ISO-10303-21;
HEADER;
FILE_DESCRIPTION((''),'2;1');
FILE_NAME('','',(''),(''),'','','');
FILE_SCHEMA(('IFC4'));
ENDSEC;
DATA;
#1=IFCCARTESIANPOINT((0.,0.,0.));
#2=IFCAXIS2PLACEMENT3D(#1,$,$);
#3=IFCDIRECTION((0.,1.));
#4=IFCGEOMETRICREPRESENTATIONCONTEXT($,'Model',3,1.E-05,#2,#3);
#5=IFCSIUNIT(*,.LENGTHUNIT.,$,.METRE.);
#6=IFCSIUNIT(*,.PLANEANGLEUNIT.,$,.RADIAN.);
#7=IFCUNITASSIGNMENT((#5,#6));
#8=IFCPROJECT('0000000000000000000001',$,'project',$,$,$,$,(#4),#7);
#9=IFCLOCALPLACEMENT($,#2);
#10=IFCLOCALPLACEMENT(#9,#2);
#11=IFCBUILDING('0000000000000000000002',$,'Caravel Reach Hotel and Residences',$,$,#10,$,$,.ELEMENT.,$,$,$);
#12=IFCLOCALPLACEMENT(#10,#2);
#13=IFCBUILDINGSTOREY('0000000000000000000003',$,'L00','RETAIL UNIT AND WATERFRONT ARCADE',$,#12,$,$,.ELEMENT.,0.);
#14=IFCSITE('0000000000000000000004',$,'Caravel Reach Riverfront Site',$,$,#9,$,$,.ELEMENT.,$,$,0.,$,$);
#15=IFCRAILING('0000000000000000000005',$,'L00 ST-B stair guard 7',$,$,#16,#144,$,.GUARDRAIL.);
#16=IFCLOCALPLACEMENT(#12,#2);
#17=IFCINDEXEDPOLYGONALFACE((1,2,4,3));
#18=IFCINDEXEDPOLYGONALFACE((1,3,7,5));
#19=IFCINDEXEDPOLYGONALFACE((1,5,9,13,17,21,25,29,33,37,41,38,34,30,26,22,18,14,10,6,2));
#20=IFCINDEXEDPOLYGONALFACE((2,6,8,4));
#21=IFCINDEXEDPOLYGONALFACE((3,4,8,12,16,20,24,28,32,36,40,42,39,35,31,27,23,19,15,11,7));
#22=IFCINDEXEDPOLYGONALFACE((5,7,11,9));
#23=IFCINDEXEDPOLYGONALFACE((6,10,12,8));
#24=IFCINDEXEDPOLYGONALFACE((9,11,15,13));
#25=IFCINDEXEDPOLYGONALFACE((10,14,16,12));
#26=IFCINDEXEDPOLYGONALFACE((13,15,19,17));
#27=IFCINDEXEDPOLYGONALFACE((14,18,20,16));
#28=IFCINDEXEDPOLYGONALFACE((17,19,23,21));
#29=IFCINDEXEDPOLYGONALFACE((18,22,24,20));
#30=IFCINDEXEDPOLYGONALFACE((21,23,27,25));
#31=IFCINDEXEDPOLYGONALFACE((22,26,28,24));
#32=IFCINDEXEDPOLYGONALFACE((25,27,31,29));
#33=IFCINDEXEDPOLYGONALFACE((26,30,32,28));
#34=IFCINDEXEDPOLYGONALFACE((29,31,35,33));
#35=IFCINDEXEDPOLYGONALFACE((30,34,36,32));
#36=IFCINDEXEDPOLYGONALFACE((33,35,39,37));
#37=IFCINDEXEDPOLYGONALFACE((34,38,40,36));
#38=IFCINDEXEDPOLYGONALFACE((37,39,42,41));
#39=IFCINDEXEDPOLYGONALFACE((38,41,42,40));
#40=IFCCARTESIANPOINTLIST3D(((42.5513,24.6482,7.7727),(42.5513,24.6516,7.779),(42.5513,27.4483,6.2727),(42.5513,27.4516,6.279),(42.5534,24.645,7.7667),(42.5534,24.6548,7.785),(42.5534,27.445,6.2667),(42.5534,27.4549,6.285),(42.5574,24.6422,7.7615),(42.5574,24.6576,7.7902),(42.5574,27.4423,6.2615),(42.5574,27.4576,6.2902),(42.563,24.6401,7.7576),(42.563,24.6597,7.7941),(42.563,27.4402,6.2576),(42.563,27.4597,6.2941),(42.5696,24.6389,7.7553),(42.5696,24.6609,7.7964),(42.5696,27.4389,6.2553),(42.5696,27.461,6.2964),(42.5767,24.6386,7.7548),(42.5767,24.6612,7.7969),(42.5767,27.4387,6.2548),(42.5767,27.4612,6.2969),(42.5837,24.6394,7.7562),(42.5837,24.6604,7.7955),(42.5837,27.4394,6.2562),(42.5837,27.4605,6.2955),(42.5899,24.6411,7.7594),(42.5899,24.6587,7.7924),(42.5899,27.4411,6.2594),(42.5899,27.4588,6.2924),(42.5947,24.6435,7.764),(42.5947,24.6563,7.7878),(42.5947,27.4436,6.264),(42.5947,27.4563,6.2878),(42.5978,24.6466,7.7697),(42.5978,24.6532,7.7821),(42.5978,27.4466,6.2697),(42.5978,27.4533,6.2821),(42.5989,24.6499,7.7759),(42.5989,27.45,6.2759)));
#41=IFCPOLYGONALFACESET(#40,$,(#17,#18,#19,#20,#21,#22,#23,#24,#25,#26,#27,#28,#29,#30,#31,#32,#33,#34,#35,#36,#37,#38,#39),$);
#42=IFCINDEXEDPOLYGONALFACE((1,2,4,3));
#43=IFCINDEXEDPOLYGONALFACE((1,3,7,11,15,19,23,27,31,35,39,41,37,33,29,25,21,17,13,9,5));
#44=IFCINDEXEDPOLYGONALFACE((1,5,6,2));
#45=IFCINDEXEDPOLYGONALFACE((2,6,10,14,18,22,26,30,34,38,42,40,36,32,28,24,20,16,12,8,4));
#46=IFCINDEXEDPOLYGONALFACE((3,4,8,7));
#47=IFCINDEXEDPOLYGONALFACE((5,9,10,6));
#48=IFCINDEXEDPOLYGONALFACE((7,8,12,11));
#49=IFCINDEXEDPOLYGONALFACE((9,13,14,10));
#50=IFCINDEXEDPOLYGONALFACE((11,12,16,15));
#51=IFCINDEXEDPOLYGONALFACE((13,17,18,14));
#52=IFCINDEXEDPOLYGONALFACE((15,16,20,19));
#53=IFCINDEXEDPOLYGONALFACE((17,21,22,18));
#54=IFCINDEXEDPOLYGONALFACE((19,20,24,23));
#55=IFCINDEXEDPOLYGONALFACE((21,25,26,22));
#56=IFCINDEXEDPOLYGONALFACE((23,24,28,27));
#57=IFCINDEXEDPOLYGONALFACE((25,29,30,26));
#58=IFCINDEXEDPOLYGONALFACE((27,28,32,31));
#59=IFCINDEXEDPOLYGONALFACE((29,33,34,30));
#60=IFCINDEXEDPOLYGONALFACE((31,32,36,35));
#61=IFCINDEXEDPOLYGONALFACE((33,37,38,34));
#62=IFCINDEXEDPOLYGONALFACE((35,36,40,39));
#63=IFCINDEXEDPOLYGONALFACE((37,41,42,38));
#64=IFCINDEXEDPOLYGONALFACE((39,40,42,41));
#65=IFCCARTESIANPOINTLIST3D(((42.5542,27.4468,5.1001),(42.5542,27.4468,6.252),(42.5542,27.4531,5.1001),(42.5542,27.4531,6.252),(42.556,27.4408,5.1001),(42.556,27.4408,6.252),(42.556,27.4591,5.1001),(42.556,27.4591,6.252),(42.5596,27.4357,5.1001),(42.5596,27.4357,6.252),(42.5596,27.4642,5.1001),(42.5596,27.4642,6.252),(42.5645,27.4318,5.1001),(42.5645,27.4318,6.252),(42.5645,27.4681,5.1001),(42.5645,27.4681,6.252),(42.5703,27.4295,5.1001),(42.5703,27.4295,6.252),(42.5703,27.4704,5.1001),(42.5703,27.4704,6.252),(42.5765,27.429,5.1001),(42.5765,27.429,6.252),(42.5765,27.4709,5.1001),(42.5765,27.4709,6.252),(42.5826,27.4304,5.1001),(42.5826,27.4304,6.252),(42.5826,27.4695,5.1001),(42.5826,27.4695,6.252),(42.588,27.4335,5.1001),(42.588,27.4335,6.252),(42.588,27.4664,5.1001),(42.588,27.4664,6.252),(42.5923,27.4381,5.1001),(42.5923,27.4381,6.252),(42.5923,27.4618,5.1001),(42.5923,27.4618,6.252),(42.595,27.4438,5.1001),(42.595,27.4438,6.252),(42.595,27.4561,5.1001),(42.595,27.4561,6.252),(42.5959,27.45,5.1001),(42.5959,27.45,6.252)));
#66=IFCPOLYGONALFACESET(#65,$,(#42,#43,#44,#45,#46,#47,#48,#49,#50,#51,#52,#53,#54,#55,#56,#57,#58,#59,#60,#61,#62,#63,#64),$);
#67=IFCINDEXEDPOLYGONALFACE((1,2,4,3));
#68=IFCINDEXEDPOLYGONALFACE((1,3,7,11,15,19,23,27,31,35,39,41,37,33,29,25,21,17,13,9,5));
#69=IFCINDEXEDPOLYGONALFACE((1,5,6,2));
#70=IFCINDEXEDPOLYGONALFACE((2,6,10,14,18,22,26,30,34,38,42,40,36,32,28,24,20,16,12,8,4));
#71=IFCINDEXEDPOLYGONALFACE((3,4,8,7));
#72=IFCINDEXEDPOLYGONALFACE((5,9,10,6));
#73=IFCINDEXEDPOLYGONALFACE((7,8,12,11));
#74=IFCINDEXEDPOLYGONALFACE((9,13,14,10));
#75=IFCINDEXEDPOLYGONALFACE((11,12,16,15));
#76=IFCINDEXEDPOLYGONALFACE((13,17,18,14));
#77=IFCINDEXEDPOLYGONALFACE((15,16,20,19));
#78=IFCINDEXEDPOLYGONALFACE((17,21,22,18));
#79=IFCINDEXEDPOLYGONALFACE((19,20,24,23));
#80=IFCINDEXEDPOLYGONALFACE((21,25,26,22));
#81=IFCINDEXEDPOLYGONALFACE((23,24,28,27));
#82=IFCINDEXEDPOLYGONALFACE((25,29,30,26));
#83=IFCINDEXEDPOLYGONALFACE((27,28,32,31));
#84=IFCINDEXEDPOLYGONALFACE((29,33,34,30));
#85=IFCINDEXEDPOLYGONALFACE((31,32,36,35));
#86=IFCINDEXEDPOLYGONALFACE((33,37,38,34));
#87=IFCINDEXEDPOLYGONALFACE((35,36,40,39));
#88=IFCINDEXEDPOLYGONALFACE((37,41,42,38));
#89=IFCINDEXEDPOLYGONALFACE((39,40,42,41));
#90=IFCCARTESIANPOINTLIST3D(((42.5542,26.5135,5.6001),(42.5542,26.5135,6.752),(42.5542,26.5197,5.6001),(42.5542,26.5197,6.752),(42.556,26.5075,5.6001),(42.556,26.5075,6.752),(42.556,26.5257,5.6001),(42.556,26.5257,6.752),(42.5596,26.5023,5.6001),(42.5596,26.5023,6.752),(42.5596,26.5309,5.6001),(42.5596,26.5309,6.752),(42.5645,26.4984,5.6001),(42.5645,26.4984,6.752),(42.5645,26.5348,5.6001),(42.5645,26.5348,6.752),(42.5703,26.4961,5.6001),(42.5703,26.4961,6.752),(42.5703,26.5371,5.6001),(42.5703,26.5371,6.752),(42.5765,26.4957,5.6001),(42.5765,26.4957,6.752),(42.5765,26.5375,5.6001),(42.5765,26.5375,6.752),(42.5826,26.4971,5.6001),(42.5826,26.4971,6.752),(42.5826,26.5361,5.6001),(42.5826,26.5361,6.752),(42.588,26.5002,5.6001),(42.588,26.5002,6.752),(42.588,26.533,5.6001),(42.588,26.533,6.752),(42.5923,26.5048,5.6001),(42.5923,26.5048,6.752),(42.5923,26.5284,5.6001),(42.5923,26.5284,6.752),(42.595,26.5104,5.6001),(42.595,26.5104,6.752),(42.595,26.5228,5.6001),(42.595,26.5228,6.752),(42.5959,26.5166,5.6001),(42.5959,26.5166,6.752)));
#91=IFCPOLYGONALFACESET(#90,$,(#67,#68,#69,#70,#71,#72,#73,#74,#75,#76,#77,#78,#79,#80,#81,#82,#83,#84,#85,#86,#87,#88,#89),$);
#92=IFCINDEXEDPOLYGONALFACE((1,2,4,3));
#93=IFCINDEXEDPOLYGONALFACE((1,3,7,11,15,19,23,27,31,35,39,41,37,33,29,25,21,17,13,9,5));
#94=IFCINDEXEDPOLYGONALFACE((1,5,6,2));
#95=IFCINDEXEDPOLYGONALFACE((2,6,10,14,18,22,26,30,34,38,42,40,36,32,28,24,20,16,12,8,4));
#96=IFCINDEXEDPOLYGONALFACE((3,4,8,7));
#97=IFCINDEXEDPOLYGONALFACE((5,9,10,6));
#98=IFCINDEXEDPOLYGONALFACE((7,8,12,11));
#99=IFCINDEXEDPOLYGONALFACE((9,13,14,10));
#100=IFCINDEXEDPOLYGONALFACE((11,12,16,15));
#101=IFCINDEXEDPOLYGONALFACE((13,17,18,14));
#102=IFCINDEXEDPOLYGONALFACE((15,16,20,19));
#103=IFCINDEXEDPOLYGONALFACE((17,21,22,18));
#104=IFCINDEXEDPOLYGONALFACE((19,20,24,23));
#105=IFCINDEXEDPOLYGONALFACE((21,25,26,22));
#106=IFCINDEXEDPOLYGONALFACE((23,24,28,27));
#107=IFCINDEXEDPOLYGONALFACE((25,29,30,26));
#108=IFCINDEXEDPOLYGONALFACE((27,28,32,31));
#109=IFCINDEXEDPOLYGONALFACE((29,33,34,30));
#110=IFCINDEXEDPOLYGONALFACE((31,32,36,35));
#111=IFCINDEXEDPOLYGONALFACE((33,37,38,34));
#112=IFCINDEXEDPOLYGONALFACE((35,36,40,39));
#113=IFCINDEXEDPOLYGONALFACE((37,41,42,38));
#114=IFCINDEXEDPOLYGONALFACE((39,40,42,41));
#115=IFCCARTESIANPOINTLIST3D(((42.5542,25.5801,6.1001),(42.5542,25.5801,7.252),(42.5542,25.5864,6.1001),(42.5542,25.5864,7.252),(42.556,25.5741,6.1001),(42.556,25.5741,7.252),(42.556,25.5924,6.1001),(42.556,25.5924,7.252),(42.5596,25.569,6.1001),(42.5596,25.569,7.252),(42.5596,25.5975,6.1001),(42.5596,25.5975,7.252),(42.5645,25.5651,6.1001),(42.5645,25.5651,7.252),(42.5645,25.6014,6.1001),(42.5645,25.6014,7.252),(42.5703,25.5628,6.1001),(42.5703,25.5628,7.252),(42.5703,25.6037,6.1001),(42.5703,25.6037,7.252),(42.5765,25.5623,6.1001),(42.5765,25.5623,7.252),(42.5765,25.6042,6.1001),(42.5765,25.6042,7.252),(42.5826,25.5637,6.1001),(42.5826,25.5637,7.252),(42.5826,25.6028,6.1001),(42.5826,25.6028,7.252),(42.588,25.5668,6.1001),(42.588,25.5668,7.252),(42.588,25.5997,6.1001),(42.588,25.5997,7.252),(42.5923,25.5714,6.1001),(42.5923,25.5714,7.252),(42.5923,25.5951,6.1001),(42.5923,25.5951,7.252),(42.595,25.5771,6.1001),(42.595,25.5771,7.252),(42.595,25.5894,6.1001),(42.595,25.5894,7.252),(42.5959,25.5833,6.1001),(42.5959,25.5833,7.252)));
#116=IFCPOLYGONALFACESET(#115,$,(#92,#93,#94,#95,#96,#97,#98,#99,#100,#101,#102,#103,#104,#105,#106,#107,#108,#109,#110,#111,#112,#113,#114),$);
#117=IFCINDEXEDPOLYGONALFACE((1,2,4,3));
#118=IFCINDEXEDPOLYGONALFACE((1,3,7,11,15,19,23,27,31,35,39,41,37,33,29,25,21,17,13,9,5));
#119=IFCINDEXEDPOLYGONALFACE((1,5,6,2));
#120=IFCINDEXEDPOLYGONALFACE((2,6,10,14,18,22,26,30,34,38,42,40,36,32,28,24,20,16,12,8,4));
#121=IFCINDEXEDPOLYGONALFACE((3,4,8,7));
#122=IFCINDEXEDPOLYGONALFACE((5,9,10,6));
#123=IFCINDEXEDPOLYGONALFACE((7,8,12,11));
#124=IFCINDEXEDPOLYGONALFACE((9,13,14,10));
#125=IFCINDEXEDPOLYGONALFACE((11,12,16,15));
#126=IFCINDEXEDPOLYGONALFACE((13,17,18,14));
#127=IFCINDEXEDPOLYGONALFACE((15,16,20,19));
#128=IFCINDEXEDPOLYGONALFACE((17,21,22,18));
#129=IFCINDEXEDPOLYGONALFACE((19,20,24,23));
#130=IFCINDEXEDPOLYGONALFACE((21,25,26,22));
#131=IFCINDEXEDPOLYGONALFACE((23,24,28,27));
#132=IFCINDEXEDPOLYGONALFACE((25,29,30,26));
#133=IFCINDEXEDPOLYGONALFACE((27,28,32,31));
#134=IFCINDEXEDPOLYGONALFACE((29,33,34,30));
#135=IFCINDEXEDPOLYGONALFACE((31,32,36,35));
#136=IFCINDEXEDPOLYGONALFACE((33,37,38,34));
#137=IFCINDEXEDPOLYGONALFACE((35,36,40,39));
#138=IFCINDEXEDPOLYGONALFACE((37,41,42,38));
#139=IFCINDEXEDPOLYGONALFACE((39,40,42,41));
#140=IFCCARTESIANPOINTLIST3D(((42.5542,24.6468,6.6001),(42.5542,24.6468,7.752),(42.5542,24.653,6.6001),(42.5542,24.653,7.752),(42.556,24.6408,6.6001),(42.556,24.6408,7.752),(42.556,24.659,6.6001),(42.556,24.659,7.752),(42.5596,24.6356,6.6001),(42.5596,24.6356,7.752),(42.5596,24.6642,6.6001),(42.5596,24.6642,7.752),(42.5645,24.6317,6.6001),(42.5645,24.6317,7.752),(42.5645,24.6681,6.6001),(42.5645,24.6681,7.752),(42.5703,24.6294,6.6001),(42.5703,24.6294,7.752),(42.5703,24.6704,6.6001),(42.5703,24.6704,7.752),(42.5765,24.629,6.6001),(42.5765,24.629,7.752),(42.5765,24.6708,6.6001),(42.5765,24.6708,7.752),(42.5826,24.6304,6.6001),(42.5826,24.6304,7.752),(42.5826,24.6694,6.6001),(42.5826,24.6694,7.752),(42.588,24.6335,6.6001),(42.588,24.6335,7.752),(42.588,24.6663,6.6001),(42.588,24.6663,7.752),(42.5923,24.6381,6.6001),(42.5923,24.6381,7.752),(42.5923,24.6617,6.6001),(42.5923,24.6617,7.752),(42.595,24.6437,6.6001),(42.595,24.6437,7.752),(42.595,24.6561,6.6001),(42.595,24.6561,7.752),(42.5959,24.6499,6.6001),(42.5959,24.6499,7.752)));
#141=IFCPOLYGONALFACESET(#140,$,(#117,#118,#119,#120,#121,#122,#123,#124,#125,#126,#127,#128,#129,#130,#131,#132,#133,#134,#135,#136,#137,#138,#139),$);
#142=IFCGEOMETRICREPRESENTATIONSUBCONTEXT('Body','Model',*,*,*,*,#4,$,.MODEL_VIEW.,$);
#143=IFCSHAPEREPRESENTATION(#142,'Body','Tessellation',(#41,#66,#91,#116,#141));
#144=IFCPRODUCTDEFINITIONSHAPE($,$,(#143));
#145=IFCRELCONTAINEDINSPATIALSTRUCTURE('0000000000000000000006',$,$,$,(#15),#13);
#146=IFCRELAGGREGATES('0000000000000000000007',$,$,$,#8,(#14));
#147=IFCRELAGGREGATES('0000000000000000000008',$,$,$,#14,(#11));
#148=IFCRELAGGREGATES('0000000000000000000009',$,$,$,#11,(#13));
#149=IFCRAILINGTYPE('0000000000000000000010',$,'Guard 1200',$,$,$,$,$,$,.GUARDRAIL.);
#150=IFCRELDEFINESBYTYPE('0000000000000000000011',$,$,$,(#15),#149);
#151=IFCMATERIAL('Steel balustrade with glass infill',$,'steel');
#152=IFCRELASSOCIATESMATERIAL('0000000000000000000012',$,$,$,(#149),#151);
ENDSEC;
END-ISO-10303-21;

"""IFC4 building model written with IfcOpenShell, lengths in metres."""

from ifc_helpers import new_model, si_unit, direction, frame, origin, origin_2d, place, context, subcontext, project, spatial, circle, extrude, material, type_object, element, save


model = new_model("IFC4")

# Units and contexts
model_context = context("Model", 3, precision=1e-05, world=origin(), true_north=direction((0.0, 1.0)))
body_context = subcontext(model_context, "Body", "Model", "MODEL_VIEW")
ifc_project = project(units=[si_unit("LENGTHUNIT", "METRE"), si_unit("PLANEANGLEUNIT", "RADIAN")], contexts=[model_context])

# Site, building, storey
site_placement = place(None, origin())
site = spatial("IfcSite", under=ifc_project, at=site_placement, Name="Caravel Reach Riverfront Site", CompositionType="ELEMENT", RefElevation=0.0)
building_placement = place(site_placement, origin())
building = spatial("IfcBuilding", under=site, at=building_placement, Name="Caravel Reach Hotel and Residences", CompositionType="ELEMENT")
storey_placement = place(building_placement, origin())
storey = spatial("IfcBuildingStorey", under=building, at=storey_placement, Name="L00", Description="RETAIL UNIT AND WATERFRONT ARCADE", CompositionType="ELEMENT", Elevation=0.0)

# Railing
ifc_material_1 = material(Name="Steel balustrade with glass infill", Category="steel")
railing_type_1 = type_object("IfcRailingType", Name="Guard 1200", PredefinedType="GUARDRAIL", material=ifc_material_1)
railing_1_placement = place(storey_placement, frame((42.575, 27.45, 5.1001)))
element("IfcRailing", 1, at=railing_1_placement, inside=storey, type_object=railing_type_1, Name="L00 ST-B stair guard 7", PredefinedType="GUARDRAIL", context=body_context, shape_type="SweptSolid", body=[
    extrude(circle(Radius=0.0239, at=origin_2d()), frame((0.0, 0.0, 1.1758), z_axis=(0.0, -0.881483, 0.472215), x_axis=(1.0, 0.0, 0.0)), (0.0, 0.0, 1.0), 3.1765),
    extrude(circle(Radius=0.021, at=origin_2d()), origin(), (0.0, 0.0, 1.0), 1.1519),
    extrude(circle(Radius=0.021, at=origin_2d()), frame((0.0, -0.9333, 0.5)), (0.0, 0.0, 1.0), 1.1519),
    extrude(circle(Radius=0.021, at=origin_2d()), frame((0.0, -1.8667, 1.0)), (0.0, 0.0, 1.0), 1.1519),
    extrude(circle(Radius=0.021, at=origin_2d()), frame((0.0, -2.8, 1.5)), (0.0, 0.0, 1.0), 1.1519),
])

save(model, "model.ifc")
